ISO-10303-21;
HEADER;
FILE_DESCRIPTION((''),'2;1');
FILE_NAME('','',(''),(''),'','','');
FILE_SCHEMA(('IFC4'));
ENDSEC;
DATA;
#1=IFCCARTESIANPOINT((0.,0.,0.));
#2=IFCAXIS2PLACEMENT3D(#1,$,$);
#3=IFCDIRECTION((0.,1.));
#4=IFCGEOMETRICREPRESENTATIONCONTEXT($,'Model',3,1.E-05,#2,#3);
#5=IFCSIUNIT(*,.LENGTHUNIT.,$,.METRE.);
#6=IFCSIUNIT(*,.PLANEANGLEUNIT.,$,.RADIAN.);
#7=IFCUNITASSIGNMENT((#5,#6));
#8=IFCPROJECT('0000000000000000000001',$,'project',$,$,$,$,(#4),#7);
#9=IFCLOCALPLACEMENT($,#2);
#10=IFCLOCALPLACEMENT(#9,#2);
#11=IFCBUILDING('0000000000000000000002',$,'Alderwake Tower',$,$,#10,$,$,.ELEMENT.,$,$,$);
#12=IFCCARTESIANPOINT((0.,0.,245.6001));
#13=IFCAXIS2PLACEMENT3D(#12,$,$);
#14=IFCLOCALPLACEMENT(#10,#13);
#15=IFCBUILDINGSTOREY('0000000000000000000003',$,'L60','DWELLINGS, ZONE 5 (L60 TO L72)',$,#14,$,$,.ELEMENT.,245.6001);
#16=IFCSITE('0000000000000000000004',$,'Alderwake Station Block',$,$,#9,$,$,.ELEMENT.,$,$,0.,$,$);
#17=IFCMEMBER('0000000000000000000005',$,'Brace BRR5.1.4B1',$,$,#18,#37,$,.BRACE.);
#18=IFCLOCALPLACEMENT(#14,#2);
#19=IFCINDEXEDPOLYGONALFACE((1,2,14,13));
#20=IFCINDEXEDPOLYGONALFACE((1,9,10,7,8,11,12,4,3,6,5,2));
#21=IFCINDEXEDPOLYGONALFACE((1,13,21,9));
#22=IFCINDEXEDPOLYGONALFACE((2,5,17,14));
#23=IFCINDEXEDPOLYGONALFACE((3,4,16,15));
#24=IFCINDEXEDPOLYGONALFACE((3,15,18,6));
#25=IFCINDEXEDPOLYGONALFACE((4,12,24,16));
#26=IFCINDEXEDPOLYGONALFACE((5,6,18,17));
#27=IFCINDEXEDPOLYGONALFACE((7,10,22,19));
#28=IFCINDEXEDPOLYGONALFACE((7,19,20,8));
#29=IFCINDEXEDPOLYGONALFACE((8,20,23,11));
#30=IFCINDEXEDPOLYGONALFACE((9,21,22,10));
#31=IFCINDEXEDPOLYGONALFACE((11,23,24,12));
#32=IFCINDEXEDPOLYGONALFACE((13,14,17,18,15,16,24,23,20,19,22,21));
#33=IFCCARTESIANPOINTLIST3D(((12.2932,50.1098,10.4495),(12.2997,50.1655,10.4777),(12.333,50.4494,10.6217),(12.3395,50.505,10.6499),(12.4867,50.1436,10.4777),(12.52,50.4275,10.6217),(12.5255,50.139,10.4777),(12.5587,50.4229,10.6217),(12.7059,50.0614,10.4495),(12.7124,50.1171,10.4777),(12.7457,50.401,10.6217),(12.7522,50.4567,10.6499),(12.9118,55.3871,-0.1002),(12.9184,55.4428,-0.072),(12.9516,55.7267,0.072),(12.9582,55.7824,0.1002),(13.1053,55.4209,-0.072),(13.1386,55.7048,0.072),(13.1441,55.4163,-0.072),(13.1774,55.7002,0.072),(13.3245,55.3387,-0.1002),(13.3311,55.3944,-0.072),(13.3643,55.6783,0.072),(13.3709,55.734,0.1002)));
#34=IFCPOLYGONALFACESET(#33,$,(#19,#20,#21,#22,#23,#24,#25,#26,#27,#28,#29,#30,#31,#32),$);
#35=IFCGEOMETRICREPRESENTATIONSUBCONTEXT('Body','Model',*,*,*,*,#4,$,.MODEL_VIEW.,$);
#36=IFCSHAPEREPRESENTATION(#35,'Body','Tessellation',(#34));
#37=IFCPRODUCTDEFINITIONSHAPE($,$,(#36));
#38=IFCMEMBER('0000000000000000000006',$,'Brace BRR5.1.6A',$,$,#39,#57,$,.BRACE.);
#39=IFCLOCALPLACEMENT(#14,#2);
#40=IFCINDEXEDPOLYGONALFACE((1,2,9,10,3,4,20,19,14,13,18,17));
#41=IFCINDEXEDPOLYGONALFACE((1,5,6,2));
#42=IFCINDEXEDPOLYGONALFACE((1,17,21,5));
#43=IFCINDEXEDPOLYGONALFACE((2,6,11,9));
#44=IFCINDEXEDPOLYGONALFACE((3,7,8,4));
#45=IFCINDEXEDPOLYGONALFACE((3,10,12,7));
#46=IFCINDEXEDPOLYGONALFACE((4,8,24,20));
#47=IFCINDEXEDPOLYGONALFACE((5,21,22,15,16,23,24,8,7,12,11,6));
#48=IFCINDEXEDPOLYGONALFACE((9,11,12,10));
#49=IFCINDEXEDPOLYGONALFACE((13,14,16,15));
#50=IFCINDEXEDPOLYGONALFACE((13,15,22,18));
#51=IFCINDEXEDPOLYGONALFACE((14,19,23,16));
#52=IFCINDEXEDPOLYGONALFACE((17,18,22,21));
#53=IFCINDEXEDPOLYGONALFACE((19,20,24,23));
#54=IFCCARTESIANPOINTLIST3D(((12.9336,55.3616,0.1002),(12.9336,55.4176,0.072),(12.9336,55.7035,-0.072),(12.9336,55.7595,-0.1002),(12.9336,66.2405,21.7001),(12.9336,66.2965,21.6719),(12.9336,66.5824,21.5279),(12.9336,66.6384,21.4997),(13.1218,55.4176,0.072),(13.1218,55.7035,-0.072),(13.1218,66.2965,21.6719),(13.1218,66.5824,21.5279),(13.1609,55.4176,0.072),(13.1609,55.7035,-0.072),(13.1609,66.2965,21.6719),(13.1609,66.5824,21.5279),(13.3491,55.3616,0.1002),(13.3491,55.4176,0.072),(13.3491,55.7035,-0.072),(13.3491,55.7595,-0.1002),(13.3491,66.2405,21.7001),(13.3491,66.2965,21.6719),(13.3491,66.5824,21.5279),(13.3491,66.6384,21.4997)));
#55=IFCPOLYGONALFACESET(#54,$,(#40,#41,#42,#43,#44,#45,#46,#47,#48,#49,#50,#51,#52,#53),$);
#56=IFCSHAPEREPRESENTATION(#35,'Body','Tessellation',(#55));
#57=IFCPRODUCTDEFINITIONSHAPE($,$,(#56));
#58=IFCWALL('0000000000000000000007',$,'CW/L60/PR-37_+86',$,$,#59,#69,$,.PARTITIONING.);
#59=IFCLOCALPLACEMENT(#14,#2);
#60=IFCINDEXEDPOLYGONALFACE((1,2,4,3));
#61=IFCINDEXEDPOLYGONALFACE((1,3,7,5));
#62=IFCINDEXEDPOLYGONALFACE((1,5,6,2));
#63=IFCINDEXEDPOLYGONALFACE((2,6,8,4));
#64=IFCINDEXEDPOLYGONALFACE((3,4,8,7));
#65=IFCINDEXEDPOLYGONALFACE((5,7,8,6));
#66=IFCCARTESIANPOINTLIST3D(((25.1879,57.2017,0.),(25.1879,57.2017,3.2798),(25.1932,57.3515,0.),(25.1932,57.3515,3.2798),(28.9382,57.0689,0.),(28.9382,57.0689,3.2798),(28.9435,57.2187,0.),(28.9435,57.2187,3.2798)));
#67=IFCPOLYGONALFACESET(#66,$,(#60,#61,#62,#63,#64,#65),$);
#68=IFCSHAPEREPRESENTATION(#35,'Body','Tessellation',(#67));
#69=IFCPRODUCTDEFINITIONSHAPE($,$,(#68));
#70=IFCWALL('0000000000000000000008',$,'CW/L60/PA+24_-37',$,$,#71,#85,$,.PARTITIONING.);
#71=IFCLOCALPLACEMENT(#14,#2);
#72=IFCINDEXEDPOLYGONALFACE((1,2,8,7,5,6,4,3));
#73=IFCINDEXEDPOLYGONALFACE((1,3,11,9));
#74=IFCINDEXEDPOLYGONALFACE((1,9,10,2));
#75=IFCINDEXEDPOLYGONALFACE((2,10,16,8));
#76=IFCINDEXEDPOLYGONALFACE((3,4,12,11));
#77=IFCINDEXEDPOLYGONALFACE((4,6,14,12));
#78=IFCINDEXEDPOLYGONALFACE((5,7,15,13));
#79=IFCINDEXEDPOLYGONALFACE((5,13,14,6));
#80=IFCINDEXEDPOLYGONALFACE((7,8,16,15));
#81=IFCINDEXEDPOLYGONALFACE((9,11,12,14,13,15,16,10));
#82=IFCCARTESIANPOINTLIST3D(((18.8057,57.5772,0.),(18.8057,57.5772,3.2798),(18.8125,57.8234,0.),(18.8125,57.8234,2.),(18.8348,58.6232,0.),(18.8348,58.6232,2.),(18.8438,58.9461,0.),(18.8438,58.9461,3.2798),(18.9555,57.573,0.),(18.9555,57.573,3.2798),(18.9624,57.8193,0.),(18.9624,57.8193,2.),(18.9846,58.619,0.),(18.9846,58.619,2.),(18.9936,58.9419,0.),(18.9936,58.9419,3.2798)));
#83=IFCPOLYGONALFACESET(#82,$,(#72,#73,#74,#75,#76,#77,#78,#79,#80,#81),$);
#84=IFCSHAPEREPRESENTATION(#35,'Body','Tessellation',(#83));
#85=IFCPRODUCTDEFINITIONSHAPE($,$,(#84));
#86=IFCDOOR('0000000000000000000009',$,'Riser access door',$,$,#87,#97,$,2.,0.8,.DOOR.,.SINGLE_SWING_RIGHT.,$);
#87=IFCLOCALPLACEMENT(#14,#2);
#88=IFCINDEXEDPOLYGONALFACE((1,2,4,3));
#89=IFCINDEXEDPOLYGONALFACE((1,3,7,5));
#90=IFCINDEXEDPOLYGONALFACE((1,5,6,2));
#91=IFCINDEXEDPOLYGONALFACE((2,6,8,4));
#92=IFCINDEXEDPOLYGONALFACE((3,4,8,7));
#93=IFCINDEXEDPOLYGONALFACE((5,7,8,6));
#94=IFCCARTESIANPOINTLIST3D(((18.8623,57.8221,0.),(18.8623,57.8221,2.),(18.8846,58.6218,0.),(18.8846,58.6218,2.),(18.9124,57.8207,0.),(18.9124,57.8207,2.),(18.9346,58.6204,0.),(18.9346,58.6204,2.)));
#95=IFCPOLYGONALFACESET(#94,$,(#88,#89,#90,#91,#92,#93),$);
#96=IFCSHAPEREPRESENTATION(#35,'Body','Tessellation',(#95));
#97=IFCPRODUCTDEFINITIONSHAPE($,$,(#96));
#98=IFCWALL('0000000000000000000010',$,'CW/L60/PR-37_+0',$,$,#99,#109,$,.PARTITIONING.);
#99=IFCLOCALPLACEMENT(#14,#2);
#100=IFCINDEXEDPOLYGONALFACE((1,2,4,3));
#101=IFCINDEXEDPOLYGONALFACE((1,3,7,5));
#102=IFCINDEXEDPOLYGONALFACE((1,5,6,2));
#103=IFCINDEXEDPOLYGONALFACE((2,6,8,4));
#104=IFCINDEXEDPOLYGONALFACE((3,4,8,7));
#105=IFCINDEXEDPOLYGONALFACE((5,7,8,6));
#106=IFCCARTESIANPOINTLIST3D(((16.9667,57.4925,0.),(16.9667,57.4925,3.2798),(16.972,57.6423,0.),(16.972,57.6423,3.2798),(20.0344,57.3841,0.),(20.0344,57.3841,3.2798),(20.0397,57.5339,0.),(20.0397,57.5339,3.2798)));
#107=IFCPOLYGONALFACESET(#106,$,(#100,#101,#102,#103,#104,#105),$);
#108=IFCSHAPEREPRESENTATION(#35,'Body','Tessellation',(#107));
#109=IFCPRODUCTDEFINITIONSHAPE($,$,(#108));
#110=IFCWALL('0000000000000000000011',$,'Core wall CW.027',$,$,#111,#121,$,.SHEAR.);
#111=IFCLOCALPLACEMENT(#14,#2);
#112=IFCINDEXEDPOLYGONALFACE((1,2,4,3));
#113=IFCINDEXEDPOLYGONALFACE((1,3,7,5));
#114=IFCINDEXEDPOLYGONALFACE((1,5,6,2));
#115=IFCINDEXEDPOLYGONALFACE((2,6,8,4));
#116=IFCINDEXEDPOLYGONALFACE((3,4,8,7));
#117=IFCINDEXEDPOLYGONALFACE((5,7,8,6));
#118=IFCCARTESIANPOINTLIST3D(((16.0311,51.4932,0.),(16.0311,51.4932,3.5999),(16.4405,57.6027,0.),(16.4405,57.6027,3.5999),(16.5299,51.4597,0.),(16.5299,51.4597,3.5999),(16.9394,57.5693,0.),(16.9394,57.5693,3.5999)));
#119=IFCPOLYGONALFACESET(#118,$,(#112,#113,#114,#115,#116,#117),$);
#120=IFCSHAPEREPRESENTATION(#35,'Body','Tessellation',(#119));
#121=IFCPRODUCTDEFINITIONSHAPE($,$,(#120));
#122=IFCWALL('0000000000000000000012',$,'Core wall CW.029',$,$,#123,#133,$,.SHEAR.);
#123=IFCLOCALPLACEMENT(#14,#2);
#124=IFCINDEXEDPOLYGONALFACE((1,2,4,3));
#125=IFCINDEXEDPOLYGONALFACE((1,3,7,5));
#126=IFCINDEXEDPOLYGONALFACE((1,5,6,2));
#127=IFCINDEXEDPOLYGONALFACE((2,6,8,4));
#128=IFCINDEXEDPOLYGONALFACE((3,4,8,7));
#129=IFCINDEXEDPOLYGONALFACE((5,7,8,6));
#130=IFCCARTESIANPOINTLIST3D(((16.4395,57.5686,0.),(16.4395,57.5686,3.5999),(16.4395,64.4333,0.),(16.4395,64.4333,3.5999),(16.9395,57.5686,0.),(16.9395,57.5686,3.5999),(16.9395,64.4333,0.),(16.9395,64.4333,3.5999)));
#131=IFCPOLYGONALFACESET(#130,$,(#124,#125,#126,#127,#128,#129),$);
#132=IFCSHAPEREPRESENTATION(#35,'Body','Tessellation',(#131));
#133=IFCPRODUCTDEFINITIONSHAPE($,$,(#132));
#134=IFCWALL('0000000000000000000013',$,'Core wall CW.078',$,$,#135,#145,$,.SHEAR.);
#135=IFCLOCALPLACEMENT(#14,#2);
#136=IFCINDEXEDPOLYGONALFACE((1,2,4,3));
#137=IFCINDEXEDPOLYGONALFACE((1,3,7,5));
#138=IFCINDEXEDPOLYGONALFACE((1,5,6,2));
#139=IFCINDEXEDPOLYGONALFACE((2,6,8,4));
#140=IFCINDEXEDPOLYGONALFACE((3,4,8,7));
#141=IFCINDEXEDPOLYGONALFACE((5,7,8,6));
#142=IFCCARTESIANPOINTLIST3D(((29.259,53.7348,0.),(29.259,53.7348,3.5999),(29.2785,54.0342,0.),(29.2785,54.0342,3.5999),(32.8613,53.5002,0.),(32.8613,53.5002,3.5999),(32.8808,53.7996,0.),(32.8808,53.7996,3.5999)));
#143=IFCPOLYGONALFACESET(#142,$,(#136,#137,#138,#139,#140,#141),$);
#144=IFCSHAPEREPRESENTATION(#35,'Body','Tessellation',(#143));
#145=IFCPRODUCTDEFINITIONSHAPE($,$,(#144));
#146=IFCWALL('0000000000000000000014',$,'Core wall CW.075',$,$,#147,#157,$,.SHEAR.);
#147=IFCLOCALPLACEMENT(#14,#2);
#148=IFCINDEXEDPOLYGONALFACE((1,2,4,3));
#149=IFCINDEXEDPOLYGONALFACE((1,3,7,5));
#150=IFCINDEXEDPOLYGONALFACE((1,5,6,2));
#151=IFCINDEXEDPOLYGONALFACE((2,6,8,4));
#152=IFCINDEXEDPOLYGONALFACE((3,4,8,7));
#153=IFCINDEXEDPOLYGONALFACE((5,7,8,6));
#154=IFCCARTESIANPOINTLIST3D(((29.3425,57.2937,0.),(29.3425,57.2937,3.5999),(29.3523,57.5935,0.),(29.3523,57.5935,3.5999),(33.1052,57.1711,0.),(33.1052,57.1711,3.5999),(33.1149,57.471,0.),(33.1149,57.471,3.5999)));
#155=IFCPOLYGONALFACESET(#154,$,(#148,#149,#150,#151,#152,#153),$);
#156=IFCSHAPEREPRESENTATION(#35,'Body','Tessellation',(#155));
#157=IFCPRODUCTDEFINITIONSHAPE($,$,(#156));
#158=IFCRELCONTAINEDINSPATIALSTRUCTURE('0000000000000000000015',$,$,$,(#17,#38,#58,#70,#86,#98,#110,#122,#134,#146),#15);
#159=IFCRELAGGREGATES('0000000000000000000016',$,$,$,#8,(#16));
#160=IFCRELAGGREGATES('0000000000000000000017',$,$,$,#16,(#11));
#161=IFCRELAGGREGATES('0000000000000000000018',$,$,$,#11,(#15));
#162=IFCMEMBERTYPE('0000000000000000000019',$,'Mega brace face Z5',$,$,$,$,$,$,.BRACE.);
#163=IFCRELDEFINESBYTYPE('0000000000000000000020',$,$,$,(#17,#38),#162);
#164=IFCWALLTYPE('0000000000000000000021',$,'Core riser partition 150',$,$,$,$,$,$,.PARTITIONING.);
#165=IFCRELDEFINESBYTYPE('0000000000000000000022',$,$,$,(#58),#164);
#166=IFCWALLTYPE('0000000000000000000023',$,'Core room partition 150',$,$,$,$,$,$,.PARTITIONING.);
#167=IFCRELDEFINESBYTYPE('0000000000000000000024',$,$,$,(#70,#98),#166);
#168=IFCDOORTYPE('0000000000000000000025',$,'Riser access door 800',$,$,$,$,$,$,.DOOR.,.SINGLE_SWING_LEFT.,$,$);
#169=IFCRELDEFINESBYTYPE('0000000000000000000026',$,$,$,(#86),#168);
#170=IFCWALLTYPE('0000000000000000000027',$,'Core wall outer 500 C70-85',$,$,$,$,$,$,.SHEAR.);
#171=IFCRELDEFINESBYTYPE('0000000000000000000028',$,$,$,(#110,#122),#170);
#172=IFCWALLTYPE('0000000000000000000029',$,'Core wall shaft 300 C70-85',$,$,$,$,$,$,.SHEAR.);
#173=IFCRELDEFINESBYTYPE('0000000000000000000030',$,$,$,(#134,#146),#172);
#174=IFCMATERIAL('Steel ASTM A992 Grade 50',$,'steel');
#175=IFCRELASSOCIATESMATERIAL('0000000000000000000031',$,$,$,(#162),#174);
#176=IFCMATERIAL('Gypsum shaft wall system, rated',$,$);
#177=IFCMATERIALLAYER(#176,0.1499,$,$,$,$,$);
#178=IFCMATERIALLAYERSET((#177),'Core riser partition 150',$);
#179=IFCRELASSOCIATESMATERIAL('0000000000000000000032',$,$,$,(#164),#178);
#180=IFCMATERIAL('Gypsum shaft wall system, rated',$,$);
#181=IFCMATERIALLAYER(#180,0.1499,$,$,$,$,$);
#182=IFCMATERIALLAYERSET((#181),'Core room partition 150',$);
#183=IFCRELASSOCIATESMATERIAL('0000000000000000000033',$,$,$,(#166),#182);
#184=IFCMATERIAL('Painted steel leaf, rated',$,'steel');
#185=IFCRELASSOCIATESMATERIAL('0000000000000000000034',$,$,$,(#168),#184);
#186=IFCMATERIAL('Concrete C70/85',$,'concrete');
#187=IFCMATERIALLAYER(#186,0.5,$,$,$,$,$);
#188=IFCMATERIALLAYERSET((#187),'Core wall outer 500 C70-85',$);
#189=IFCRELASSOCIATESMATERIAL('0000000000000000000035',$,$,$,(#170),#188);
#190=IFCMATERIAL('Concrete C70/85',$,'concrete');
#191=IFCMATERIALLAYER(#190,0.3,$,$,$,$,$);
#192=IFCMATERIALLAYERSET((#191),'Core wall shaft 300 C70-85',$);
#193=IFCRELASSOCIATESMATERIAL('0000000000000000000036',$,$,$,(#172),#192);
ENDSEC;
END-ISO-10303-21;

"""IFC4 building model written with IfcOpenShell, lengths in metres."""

from ifc_helpers import new_model, si_unit, direction, frame, frame_2d, origin, origin_2d, place, context, subcontext, project, spatial, rectangle, i_section, extrude, material, layer, layer_set, material_profile, profile_set, type_object, element, fill, save


model = new_model("IFC4")

# Units and contexts
model_context = context("Model", 3, precision=1e-05, world=origin(), true_north=direction((0.0, 1.0)))
body_context = subcontext(model_context, "Body", "Model", "MODEL_VIEW")
ifc_project = project(units=[si_unit("LENGTHUNIT", "METRE"), si_unit("PLANEANGLEUNIT", "RADIAN")], contexts=[model_context])

# Site, building, storey
site_placement = place(None, origin())
site = spatial("IfcSite", under=ifc_project, at=site_placement, Name="Alderwake Station Block", CompositionType="ELEMENT", RefElevation=0.0)
building_placement = place(site_placement, origin())
building = spatial("IfcBuilding", under=site, at=building_placement, Name="Alderwake Tower", CompositionType="ELEMENT")
storey_placement = place(building_placement, frame((0.0, 0.0, 245.6001)))
storey = spatial("IfcBuildingStorey", under=building, at=storey_placement, Name="L60", Description="DWELLINGS, ZONE 5 (L60 TO L72)", CompositionType="ELEMENT", Elevation=245.6001)

# Members
ifc_material_1 = material(Name="Steel ASTM A992 Grade 50", Category="steel")
ifc_material_profile = material_profile(ifc_material_1, i_section(OverallWidth=0.4155, OverallDepth=0.4456, WebThickness=0.0391, FlangeThickness=0.0627, at=origin_2d()), Name="W14X342")
ifc_profile_set = profile_set([ifc_material_profile], Name="Steel ASTM A992 Grade 50")
member_type = type_object("IfcMemberType", Name="Mega brace face Z5", PredefinedType="BRACE", material=ifc_profile_set)
member_1_placement = place(storey_placement, frame((13.1414, 55.5605, 0.0), z_axis=(-0.052373, -0.446765, 0.893117), x_axis=(0.993199, -0.116431, 0.0)))
element("IfcMember", 1, at=member_1_placement, inside=storey, type_object=member_type, Name="Brace BRR5.1.4B1", PredefinedType="BRACE", context=body_context, shape_type="SweptSolid", body=[
    extrude(i_section(OverallWidth=0.4155, OverallDepth=0.4456, WebThickness=0.0391, FlangeThickness=0.0627, at=origin_2d()), origin(), (0.0, 0.0, 1.0), 11.8123),
])
member_2_placement = place(storey_placement, frame((13.1414, 55.5605, 0.0), z_axis=(0.0, 0.449824, 0.893117), x_axis=(-1.0, 0.0, 0.0)))
element("IfcMember", 2, at=member_2_placement, inside=storey, type_object=member_type, Name="Brace BRR5.1.6A", PredefinedType="BRACE", context=body_context, shape_type="SweptSolid", body=[
    extrude(i_section(OverallWidth=0.4155, OverallDepth=0.4456, WebThickness=0.0391, FlangeThickness=0.0627, at=origin_2d()), origin(), (0.0, 0.0, 1.0), 24.1848),
])

# Wall
ifc_material_2 = material(Name="Gypsum shaft wall system, rated")
ifc_layer_1 = layer(ifc_material_2, 0.1499)
ifc_layer_set_1 = layer_set([ifc_layer_1], Name="Core riser partition 150")
wall_type_1 = type_object("IfcWallType", Name="Core riser partition 150", PredefinedType="PARTITIONING", material=ifc_layer_set_1)
wall_1_placement = place(storey_placement, frame((25.1904, 57.2766, 0.0), z_axis=(0.0, 0.0, 1.0), x_axis=(0.999374, -0.035392, 0.0)))
element("IfcWall", 3, at=wall_1_placement, inside=storey, type_object=wall_type_1, Name="CW/L60/PR-37_+86", PredefinedType="PARTITIONING", context=body_context, shape_type="SweptSolid", body=[
    extrude(rectangle(XDim=3.7527, YDim=0.1499, at=frame_2d((1.8765, 0.0))), origin(), (0.0, 0.0, 1.0), 3.2798),
])

# Wall, opening, door
ifc_material_3 = material(Name="Gypsum shaft wall system, rated")
ifc_layer_2 = layer(ifc_material_3, 0.1499)
ifc_layer_set_2 = layer_set([ifc_layer_2], Name="Core room partition 150")
wall_type_2 = type_object("IfcWallType", Name="Core room partition 150", PredefinedType="PARTITIONING", material=ifc_layer_set_2)
wall_2_placement = place(storey_placement, frame((18.9187, 58.9438, 0.0), z_axis=(0.0, 0.0, 1.0), x_axis=(-0.027812, -0.999613, 0.0)))
wall_2 = element("IfcWall", 4, at=wall_2_placement, inside=storey, type_object=wall_type_2, Name="CW/L60/PA+24_-37", PredefinedType="PARTITIONING", context=body_context, shape_type="SweptSolid", body=[
    extrude(rectangle(XDim=1.3694, YDim=0.1499, at=frame_2d((0.6846, 0.0))), origin(), (0.0, 0.0, 1.0), 3.2798),
])
opening_1_placement = place(wall_2_placement, frame((0.323, 0.0, 0.0)))
opening_1 = element("IfcOpeningElement", 5, at=opening_1_placement, cuts=wall_2, PredefinedType="OPENING", context=body_context, shape_type="SweptSolid", body=[
    extrude(rectangle(XDim=0.8, YDim=2.0, at=frame_2d((0.3999, 1.0))), frame((0.0, 0.085, 0.0), z_axis=(0.0, -1.0, 0.0), x_axis=(1.0, 0.0, 0.0)), (0.0, 0.0, 1.0), 0.1699),
])
ifc_material_4 = material(Name="Painted steel leaf, rated", Category="steel")
door_type_1 = type_object("IfcDoorType", Name="Riser access door 800", OperationType="SINGLE_SWING_LEFT", PredefinedType="DOOR", material=ifc_material_4)
door_1_placement = place(opening_1_placement, origin())
door_1 = element("IfcDoor", 6, at=door_1_placement, inside=storey, type_object=door_type_1, Name="Riser access door", OperationType="SINGLE_SWING_RIGHT", OverallHeight=2.0, OverallWidth=0.8, PredefinedType="DOOR", context=body_context, shape_type="SweptSolid", body=[
    extrude(rectangle(XDim=0.8, YDim=2.0, at=frame_2d((0.3999, 1.0))), frame((0.0, 0.0249, 0.0), z_axis=(0.0, -1.0, 0.0), x_axis=(1.0, 0.0, 0.0)), (0.0, 0.0, 1.0), 0.05),
])
fill(opening_1, door_1)

# Walls
wall_3_placement = place(storey_placement, frame((16.9695, 57.5674, 0.0), z_axis=(0.0, 0.0, 1.0), x_axis=(0.999376, -0.035314, 0.0)))
element("IfcWall", 7, at=wall_3_placement, inside=storey, type_object=wall_type_2, Name="CW/L60/PR-37_+0", PredefinedType="PARTITIONING", context=body_context, shape_type="SweptSolid", body=[
    extrude(rectangle(XDim=3.0696, YDim=0.1499, at=frame_2d((1.5347, 0.0))), origin(), (0.0, 0.0, 1.0), 3.2798),
])
ifc_material_5 = material(Name="Concrete C70/85", Category="concrete")
ifc_layer_3 = layer(ifc_material_5, 0.5)
ifc_layer_set_3 = layer_set([ifc_layer_3], Name="Core wall outer 500 C70-85")
wall_type_3 = type_object("IfcWallType", Name="Core wall outer 500 C70-85", PredefinedType="SHEAR", material=ifc_layer_set_3)
wall_4_placement = place(storey_placement, frame((16.2805, 51.4766, 0.0), z_axis=(0.0, 0.0, 1.0), x_axis=(0.066863, 0.997762, 0.0)))
element("IfcWall", 8, at=wall_4_placement, inside=storey, type_object=wall_type_3, Name="Core wall CW.027", PredefinedType="SHEAR", context=body_context, shape_type="SweptSolid", body=[
    extrude(rectangle(XDim=6.1233, YDim=0.5, at=frame_2d((3.0615, 0.0))), origin(), (0.0, 0.0, 1.0), 3.5999),
])
wall_5_placement = place(storey_placement, frame((16.6895, 57.5686, 0.0), z_axis=(0.0, 0.0, 1.0), x_axis=(0.0, 1.0, 0.0)))
element("IfcWall", 9, at=wall_5_placement, inside=storey, type_object=wall_type_3, Name="Core wall CW.029", PredefinedType="SHEAR", context=body_context, shape_type="SweptSolid", body=[
    extrude(rectangle(XDim=6.8647, YDim=0.5, at=frame_2d((3.4324, 0.0))), origin(), (0.0, 0.0, 1.0), 3.5999),
])
ifc_material_6 = material(Name="Concrete C70/85", Category="concrete")
ifc_layer_4 = layer(ifc_material_6, 0.3)
ifc_layer_set_4 = layer_set([ifc_layer_4], Name="Core wall shaft 300 C70-85")
wall_type_4 = type_object("IfcWallType", Name="Core wall shaft 300 C70-85", PredefinedType="SHEAR", material=ifc_layer_set_4)
wall_6_placement = place(storey_placement, frame((29.2688, 53.8845, 0.0), z_axis=(0.0, 0.0, 1.0), x_axis=(0.997886, -0.064993, 0.0)))
element("IfcWall", 10, at=wall_6_placement, inside=storey, type_object=wall_type_4, Name="Core wall CW.078", PredefinedType="SHEAR", context=body_context, shape_type="SweptSolid", body=[
    extrude(rectangle(XDim=3.6099, YDim=0.3, at=frame_2d((1.8049, 0.0))), origin(), (0.0, 0.0, 1.0), 3.5999),
])
wall_7_placement = place(storey_placement, frame((29.3474, 57.4436, 0.0), z_axis=(0.0, 0.0, 1.0), x_axis=(0.99947, -0.032555, 0.0)))
element("IfcWall", 11, at=wall_7_placement, inside=storey, type_object=wall_type_4, Name="Core wall CW.075", PredefinedType="SHEAR", context=body_context, shape_type="SweptSolid", body=[
    extrude(rectangle(XDim=3.7646, YDim=0.3, at=frame_2d((1.8823, 0.0))), origin(), (0.0, 0.0, 1.0), 3.5999),
])

save(model, "model.ifc")
